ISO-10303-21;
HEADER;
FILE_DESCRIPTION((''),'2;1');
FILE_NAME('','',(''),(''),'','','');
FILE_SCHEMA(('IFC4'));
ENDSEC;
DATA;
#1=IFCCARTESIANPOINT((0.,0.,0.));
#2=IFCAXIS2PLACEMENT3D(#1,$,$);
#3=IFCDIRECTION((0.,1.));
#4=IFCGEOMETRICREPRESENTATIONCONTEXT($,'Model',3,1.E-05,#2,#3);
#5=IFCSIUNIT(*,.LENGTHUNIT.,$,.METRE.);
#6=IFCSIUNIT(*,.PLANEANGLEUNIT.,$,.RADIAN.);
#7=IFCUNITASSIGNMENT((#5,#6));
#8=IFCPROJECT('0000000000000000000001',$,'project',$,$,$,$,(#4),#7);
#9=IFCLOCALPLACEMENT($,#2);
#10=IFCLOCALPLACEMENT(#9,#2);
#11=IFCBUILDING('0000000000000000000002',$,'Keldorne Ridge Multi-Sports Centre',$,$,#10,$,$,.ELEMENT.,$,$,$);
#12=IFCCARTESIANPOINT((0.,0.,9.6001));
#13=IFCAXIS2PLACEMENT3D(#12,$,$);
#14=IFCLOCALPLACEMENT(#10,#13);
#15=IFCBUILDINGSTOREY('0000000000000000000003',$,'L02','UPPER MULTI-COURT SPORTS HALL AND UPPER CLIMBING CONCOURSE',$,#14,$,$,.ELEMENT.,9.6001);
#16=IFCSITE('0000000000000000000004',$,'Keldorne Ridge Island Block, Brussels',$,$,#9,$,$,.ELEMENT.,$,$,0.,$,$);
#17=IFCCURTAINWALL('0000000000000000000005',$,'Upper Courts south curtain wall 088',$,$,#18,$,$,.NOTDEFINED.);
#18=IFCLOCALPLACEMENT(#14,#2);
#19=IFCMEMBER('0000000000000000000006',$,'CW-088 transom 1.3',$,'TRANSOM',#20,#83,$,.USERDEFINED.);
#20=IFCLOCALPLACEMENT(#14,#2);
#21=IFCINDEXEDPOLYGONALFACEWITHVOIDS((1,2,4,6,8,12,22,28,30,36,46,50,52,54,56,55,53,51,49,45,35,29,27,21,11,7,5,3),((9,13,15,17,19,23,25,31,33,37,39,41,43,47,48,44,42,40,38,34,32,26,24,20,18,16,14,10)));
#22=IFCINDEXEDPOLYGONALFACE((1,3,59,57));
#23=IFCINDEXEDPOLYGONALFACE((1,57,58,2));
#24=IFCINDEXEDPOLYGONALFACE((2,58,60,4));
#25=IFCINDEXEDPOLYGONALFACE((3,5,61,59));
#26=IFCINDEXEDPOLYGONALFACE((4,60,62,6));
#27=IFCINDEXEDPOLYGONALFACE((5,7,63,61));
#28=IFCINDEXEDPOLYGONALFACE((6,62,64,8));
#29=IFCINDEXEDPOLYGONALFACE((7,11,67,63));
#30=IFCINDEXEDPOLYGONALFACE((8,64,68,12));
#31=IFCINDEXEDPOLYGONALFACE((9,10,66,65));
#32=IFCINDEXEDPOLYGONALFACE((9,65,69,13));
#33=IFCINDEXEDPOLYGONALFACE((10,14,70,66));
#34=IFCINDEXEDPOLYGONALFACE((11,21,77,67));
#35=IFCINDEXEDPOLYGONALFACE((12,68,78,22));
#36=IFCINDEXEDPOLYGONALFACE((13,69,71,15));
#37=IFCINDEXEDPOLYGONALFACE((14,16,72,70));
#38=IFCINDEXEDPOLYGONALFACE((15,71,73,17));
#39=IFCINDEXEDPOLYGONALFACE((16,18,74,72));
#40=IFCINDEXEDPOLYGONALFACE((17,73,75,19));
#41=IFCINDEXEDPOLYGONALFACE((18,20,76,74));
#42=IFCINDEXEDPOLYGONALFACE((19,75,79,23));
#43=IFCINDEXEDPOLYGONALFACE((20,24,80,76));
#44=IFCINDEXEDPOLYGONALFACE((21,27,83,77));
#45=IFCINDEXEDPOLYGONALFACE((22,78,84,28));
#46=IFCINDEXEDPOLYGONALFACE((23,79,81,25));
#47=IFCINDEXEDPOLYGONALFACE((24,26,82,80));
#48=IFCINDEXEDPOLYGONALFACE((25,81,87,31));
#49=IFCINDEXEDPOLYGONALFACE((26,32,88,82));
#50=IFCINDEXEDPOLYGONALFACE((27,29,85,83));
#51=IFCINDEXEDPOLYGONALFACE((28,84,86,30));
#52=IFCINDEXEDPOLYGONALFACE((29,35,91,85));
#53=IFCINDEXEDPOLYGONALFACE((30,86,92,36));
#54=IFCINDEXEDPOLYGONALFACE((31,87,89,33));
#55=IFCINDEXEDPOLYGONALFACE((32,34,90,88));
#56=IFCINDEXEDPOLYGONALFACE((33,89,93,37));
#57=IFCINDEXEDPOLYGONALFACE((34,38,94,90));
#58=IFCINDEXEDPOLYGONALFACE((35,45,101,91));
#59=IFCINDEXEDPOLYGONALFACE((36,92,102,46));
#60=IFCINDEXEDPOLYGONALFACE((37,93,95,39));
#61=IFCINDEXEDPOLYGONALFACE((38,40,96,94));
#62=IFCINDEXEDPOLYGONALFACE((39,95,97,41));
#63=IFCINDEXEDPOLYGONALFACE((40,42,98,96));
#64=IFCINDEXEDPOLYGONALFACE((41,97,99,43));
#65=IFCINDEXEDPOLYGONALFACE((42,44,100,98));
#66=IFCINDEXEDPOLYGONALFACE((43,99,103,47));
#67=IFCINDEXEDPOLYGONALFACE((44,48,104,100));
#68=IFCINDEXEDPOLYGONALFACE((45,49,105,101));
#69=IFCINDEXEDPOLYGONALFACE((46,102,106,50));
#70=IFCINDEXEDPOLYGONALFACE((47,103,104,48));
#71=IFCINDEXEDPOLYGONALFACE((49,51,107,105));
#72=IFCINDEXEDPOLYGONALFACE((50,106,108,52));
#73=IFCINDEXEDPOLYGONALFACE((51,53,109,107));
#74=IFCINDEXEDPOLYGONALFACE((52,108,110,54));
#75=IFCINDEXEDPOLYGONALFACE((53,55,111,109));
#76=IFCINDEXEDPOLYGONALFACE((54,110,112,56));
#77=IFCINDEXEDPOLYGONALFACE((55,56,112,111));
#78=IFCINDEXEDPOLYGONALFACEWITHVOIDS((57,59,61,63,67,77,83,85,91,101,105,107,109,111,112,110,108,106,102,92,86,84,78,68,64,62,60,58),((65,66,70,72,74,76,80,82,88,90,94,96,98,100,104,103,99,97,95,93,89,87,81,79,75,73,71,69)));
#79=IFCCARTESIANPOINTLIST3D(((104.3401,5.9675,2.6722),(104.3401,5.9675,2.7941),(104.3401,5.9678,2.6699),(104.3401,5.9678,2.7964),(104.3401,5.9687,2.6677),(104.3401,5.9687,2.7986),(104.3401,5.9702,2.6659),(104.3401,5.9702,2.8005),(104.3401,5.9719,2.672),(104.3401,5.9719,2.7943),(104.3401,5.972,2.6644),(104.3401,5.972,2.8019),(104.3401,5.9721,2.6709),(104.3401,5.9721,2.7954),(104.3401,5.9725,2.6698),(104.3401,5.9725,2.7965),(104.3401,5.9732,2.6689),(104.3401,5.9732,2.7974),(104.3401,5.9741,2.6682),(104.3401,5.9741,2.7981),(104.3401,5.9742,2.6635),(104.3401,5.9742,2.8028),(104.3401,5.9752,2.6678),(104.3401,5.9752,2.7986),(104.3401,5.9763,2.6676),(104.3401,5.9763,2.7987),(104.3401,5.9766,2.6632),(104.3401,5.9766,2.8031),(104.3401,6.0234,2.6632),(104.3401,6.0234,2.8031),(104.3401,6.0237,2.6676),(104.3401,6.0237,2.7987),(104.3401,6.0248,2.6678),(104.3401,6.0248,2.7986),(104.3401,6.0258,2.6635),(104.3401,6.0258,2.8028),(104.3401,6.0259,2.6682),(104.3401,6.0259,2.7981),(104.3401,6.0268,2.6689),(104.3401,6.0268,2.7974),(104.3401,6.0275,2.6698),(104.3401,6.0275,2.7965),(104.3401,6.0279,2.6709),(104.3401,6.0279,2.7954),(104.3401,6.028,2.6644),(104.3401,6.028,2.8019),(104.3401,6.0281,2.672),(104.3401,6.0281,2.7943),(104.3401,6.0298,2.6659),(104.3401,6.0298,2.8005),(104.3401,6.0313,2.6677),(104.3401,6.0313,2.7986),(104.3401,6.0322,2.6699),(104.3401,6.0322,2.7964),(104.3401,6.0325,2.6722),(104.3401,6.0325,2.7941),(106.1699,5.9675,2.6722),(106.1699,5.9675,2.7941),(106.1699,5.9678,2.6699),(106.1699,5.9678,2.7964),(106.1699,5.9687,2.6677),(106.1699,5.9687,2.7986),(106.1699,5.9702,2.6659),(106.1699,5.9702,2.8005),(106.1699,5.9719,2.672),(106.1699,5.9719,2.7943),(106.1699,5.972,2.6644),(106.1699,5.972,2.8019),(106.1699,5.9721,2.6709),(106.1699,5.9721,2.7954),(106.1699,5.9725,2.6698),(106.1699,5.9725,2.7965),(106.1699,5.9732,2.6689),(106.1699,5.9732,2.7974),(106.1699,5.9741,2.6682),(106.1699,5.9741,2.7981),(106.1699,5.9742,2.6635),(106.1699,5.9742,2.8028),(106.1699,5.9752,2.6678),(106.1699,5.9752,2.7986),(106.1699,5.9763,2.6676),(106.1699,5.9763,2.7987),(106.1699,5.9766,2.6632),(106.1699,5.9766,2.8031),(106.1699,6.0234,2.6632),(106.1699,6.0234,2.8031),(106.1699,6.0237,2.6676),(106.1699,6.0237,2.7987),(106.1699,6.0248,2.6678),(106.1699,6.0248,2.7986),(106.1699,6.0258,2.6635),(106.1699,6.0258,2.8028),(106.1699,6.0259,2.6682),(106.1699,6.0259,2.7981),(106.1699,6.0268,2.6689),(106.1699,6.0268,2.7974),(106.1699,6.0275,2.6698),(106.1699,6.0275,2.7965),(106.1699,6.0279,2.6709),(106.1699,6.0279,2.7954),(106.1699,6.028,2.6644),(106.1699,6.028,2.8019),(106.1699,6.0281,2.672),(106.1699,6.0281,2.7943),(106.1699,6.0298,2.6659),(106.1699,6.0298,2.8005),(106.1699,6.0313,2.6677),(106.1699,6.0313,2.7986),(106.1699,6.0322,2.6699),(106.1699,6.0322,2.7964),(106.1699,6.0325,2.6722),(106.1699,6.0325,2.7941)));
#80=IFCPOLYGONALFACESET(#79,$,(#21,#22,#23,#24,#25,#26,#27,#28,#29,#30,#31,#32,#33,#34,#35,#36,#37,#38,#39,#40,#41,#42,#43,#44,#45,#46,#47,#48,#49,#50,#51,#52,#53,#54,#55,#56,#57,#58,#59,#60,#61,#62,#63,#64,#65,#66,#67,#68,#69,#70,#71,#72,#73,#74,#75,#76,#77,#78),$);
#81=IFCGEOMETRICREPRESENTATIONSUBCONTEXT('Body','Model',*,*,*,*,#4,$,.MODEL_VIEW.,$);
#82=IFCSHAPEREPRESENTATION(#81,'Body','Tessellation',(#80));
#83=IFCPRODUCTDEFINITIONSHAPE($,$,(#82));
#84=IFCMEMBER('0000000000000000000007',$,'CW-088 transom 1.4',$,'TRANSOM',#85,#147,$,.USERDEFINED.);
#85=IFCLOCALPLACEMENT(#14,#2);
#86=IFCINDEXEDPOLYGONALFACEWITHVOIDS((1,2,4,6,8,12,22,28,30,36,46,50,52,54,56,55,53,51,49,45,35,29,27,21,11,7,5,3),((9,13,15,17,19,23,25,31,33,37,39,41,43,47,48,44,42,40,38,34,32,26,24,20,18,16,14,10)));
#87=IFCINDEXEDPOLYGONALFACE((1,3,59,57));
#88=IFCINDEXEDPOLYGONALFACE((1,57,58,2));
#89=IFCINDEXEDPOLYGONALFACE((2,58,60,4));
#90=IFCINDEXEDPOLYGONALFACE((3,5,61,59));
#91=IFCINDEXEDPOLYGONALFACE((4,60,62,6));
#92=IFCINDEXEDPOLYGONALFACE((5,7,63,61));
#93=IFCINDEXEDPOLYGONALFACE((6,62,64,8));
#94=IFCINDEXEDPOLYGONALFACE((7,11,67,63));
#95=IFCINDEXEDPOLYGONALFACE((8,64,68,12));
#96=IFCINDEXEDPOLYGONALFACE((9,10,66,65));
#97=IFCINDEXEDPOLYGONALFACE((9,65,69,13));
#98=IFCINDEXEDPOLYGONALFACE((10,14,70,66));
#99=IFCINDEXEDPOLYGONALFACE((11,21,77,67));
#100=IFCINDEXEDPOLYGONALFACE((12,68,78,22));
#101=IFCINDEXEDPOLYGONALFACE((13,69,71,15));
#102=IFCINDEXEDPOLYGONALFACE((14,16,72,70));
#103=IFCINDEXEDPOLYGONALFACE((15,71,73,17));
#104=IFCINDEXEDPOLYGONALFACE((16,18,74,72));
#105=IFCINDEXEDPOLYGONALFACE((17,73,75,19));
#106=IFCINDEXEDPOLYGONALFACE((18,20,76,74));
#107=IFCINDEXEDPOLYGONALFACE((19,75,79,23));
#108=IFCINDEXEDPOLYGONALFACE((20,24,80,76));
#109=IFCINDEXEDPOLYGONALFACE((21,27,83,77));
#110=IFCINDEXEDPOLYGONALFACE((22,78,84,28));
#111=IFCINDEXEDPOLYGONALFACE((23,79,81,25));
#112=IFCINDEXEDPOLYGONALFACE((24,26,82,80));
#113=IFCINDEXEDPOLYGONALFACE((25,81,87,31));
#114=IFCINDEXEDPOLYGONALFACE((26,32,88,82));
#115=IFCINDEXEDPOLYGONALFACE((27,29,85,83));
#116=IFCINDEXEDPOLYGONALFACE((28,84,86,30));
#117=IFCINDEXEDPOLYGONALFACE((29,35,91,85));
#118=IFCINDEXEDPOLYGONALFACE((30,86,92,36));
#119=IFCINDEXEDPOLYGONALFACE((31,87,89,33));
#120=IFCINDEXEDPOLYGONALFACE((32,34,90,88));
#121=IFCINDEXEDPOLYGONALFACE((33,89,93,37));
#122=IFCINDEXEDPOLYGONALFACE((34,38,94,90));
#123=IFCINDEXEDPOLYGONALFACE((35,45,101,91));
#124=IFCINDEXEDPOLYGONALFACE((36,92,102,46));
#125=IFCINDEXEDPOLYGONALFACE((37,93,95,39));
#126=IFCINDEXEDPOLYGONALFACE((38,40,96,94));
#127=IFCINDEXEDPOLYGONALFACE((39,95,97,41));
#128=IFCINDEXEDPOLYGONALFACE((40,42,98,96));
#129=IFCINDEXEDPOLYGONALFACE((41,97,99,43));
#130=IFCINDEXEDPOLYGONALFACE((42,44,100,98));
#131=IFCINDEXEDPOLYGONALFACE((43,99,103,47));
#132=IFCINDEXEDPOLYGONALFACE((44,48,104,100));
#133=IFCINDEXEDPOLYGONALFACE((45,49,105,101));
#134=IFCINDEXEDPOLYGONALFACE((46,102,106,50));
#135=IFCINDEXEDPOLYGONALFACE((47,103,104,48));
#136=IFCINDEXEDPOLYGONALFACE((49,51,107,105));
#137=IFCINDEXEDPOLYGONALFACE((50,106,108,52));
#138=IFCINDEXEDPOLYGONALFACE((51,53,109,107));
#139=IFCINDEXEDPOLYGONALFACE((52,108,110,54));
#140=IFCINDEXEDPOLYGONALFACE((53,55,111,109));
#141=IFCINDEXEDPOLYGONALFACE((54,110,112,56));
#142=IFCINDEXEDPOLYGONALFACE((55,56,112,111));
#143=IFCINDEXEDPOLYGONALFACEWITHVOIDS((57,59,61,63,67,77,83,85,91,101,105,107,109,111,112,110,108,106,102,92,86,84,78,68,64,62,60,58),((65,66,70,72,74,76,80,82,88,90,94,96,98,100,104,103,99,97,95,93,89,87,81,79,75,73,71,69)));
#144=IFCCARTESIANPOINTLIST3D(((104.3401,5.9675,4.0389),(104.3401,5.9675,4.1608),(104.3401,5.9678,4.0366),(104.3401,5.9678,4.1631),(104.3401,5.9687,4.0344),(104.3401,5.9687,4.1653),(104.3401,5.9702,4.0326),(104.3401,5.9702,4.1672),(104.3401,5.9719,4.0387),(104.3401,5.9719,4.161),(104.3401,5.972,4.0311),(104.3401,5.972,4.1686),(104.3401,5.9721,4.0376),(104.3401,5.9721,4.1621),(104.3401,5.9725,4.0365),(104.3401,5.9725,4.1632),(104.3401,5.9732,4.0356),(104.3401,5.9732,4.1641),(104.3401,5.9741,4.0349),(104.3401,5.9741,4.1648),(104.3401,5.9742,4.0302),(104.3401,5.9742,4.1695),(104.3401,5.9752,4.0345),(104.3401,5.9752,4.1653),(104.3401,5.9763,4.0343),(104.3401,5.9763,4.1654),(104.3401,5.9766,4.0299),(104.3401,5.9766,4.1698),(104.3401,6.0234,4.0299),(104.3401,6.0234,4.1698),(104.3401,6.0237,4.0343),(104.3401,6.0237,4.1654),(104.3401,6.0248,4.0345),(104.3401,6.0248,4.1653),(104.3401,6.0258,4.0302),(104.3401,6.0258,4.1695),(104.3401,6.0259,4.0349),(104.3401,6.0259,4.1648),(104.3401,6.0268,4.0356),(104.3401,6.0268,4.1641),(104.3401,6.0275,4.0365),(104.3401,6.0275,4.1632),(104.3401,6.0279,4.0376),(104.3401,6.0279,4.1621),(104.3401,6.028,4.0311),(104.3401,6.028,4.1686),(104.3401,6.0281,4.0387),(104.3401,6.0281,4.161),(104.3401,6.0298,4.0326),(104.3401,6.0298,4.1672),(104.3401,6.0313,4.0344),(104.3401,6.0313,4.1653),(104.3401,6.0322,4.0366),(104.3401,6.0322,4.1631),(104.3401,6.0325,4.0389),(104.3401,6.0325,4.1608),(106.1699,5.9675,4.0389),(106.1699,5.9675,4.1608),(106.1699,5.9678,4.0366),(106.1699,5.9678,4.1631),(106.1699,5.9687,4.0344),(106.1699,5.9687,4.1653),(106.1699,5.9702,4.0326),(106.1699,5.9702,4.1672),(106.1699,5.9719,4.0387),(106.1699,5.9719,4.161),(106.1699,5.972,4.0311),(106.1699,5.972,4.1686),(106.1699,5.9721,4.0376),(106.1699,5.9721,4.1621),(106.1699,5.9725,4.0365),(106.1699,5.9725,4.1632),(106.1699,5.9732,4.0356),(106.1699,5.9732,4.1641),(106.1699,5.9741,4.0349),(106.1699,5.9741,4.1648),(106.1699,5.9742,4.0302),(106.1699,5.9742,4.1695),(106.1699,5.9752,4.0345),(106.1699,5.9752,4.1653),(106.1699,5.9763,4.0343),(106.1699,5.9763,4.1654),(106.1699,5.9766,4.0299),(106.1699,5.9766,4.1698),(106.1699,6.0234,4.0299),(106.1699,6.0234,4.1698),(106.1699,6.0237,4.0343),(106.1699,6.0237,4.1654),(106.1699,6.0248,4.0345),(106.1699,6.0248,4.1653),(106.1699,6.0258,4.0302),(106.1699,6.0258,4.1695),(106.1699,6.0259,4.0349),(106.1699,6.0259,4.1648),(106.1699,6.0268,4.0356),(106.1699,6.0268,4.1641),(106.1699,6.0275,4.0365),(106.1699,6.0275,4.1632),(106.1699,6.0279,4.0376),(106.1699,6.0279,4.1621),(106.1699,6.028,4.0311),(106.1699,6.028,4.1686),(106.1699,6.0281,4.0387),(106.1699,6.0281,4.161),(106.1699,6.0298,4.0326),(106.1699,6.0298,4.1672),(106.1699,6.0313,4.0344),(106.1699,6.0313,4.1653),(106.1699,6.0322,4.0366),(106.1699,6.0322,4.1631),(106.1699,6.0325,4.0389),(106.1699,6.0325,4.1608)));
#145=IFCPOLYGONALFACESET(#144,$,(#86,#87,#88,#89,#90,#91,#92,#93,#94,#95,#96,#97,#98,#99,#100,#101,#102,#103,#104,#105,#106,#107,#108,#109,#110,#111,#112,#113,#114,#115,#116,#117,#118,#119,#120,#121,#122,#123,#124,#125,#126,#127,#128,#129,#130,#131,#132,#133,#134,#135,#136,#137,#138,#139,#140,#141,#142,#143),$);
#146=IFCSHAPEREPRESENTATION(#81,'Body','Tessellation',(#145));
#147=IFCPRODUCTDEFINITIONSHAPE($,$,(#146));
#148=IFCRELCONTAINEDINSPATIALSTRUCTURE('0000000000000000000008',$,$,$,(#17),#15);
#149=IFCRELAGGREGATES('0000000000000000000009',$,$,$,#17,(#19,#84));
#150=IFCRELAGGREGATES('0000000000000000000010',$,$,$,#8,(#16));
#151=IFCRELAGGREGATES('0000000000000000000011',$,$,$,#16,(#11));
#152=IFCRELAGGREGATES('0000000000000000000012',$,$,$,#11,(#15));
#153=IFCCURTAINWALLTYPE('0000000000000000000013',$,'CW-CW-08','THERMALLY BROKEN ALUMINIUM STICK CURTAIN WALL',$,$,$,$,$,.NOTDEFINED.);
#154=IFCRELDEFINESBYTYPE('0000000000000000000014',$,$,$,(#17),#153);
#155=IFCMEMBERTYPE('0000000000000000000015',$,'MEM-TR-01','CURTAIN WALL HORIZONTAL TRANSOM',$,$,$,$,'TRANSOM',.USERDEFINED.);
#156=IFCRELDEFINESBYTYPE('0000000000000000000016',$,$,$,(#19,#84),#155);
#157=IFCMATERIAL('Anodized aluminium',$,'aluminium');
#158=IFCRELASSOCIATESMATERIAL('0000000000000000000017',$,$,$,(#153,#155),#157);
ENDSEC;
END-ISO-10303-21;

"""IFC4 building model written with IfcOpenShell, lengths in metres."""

from ifc_helpers import new_model, si_unit, direction, frame, origin, origin_2d, place, context, subcontext, project, spatial, hollow_rectangle, extrude, material, material_profile, profile_set, type_object, element, aggregate, save


model = new_model("IFC4")

# Units and contexts
model_context = context("Model", 3, precision=1e-05, world=origin(), true_north=direction((0.0, 1.0)))
body_context = subcontext(model_context, "Body", "Model", "MODEL_VIEW")
ifc_project = project(units=[si_unit("LENGTHUNIT", "METRE"), si_unit("PLANEANGLEUNIT", "RADIAN")], contexts=[model_context])

# Site, building, storey
site_placement = place(None, origin())
site = spatial("IfcSite", under=ifc_project, at=site_placement, Name="Keldorne Ridge Island Block, Brussels", CompositionType="ELEMENT", RefElevation=0.0)
building_placement = place(site_placement, origin())
building = spatial("IfcBuilding", under=site, at=building_placement, Name="Keldorne Ridge Multi-Sports Centre", CompositionType="ELEMENT")
storey_placement = place(building_placement, frame((0.0, 0.0, 9.6001)))
storey = spatial("IfcBuildingStorey", under=building, at=storey_placement, Name="L02", Description="UPPER MULTI-COURT SPORTS HALL AND UPPER CLIMBING CONCOURSE", CompositionType="ELEMENT", Elevation=9.6001)

# Curtain wall, members
ifc_material_1 = material(Name="Anodized aluminium", Category="aluminium")
curtain_wall_type = type_object("IfcCurtainWallType", Name="CW-CW-08", Description="THERMALLY BROKEN ALUMINIUM STICK CURTAIN WALL", PredefinedType="NOTDEFINED", material=ifc_material_1)
curtain_wall_placement = place(storey_placement, origin())
curtain_wall = element("IfcCurtainWall", 1, at=curtain_wall_placement, inside=storey, type_object=curtain_wall_type, Name="Upper Courts south curtain wall 088", PredefinedType="NOTDEFINED")
ifc_material_profile_1 = material_profile(ifc_material_1, hollow_rectangle(XDim=0.0649, YDim=0.1399, WallThickness=0.0044, InnerFilletRadius=0.0044, OuterFilletRadius=0.009, at=origin_2d()), Name="ALU TRANSOM 140x65x4.5")
ifc_profile_set_1 = profile_set([ifc_material_profile_1], Name="Anodized aluminium")
member_type_1 = type_object("IfcMemberType", Name="MEM-TR-01", Description="CURTAIN WALL HORIZONTAL TRANSOM", ElementType="TRANSOM", PredefinedType="USERDEFINED", material=ifc_profile_set_1)
member_1_placement = place(storey_placement, frame((104.3401, 6.0, 2.7332), z_axis=(1.0, 0.0, 0.0), x_axis=(0.0, 1.0, 0.0)))
member_1 = element("IfcMember", 2, at=member_1_placement, type_object=member_type_1, Name="CW-088 transom 1.3", ObjectType="TRANSOM", PredefinedType="USERDEFINED", context=body_context, shape_type="SweptSolid", body=[
    extrude(hollow_rectangle(XDim=0.0649, YDim=0.1399, WallThickness=0.0044, InnerFilletRadius=0.0044, OuterFilletRadius=0.009, at=origin_2d()), origin(), (0.0, 0.0, 1.0), 1.8298),
])
member_2_placement = place(storey_placement, frame((104.3401, 6.0, 4.0999), z_axis=(1.0, 0.0, 0.0), x_axis=(0.0, 1.0, 0.0)))
member_2 = element("IfcMember", 3, at=member_2_placement, type_object=member_type_1, Name="CW-088 transom 1.4", ObjectType="TRANSOM", PredefinedType="USERDEFINED", context=body_context, shape_type="SweptSolid", body=[
    extrude(hollow_rectangle(XDim=0.0649, YDim=0.1399, WallThickness=0.0044, InnerFilletRadius=0.0044, OuterFilletRadius=0.009, at=origin_2d()), origin(), (0.0, 0.0, 1.0), 1.8298),
])
aggregate(curtain_wall, [member_1, member_2])

save(model, "model.ifc")
